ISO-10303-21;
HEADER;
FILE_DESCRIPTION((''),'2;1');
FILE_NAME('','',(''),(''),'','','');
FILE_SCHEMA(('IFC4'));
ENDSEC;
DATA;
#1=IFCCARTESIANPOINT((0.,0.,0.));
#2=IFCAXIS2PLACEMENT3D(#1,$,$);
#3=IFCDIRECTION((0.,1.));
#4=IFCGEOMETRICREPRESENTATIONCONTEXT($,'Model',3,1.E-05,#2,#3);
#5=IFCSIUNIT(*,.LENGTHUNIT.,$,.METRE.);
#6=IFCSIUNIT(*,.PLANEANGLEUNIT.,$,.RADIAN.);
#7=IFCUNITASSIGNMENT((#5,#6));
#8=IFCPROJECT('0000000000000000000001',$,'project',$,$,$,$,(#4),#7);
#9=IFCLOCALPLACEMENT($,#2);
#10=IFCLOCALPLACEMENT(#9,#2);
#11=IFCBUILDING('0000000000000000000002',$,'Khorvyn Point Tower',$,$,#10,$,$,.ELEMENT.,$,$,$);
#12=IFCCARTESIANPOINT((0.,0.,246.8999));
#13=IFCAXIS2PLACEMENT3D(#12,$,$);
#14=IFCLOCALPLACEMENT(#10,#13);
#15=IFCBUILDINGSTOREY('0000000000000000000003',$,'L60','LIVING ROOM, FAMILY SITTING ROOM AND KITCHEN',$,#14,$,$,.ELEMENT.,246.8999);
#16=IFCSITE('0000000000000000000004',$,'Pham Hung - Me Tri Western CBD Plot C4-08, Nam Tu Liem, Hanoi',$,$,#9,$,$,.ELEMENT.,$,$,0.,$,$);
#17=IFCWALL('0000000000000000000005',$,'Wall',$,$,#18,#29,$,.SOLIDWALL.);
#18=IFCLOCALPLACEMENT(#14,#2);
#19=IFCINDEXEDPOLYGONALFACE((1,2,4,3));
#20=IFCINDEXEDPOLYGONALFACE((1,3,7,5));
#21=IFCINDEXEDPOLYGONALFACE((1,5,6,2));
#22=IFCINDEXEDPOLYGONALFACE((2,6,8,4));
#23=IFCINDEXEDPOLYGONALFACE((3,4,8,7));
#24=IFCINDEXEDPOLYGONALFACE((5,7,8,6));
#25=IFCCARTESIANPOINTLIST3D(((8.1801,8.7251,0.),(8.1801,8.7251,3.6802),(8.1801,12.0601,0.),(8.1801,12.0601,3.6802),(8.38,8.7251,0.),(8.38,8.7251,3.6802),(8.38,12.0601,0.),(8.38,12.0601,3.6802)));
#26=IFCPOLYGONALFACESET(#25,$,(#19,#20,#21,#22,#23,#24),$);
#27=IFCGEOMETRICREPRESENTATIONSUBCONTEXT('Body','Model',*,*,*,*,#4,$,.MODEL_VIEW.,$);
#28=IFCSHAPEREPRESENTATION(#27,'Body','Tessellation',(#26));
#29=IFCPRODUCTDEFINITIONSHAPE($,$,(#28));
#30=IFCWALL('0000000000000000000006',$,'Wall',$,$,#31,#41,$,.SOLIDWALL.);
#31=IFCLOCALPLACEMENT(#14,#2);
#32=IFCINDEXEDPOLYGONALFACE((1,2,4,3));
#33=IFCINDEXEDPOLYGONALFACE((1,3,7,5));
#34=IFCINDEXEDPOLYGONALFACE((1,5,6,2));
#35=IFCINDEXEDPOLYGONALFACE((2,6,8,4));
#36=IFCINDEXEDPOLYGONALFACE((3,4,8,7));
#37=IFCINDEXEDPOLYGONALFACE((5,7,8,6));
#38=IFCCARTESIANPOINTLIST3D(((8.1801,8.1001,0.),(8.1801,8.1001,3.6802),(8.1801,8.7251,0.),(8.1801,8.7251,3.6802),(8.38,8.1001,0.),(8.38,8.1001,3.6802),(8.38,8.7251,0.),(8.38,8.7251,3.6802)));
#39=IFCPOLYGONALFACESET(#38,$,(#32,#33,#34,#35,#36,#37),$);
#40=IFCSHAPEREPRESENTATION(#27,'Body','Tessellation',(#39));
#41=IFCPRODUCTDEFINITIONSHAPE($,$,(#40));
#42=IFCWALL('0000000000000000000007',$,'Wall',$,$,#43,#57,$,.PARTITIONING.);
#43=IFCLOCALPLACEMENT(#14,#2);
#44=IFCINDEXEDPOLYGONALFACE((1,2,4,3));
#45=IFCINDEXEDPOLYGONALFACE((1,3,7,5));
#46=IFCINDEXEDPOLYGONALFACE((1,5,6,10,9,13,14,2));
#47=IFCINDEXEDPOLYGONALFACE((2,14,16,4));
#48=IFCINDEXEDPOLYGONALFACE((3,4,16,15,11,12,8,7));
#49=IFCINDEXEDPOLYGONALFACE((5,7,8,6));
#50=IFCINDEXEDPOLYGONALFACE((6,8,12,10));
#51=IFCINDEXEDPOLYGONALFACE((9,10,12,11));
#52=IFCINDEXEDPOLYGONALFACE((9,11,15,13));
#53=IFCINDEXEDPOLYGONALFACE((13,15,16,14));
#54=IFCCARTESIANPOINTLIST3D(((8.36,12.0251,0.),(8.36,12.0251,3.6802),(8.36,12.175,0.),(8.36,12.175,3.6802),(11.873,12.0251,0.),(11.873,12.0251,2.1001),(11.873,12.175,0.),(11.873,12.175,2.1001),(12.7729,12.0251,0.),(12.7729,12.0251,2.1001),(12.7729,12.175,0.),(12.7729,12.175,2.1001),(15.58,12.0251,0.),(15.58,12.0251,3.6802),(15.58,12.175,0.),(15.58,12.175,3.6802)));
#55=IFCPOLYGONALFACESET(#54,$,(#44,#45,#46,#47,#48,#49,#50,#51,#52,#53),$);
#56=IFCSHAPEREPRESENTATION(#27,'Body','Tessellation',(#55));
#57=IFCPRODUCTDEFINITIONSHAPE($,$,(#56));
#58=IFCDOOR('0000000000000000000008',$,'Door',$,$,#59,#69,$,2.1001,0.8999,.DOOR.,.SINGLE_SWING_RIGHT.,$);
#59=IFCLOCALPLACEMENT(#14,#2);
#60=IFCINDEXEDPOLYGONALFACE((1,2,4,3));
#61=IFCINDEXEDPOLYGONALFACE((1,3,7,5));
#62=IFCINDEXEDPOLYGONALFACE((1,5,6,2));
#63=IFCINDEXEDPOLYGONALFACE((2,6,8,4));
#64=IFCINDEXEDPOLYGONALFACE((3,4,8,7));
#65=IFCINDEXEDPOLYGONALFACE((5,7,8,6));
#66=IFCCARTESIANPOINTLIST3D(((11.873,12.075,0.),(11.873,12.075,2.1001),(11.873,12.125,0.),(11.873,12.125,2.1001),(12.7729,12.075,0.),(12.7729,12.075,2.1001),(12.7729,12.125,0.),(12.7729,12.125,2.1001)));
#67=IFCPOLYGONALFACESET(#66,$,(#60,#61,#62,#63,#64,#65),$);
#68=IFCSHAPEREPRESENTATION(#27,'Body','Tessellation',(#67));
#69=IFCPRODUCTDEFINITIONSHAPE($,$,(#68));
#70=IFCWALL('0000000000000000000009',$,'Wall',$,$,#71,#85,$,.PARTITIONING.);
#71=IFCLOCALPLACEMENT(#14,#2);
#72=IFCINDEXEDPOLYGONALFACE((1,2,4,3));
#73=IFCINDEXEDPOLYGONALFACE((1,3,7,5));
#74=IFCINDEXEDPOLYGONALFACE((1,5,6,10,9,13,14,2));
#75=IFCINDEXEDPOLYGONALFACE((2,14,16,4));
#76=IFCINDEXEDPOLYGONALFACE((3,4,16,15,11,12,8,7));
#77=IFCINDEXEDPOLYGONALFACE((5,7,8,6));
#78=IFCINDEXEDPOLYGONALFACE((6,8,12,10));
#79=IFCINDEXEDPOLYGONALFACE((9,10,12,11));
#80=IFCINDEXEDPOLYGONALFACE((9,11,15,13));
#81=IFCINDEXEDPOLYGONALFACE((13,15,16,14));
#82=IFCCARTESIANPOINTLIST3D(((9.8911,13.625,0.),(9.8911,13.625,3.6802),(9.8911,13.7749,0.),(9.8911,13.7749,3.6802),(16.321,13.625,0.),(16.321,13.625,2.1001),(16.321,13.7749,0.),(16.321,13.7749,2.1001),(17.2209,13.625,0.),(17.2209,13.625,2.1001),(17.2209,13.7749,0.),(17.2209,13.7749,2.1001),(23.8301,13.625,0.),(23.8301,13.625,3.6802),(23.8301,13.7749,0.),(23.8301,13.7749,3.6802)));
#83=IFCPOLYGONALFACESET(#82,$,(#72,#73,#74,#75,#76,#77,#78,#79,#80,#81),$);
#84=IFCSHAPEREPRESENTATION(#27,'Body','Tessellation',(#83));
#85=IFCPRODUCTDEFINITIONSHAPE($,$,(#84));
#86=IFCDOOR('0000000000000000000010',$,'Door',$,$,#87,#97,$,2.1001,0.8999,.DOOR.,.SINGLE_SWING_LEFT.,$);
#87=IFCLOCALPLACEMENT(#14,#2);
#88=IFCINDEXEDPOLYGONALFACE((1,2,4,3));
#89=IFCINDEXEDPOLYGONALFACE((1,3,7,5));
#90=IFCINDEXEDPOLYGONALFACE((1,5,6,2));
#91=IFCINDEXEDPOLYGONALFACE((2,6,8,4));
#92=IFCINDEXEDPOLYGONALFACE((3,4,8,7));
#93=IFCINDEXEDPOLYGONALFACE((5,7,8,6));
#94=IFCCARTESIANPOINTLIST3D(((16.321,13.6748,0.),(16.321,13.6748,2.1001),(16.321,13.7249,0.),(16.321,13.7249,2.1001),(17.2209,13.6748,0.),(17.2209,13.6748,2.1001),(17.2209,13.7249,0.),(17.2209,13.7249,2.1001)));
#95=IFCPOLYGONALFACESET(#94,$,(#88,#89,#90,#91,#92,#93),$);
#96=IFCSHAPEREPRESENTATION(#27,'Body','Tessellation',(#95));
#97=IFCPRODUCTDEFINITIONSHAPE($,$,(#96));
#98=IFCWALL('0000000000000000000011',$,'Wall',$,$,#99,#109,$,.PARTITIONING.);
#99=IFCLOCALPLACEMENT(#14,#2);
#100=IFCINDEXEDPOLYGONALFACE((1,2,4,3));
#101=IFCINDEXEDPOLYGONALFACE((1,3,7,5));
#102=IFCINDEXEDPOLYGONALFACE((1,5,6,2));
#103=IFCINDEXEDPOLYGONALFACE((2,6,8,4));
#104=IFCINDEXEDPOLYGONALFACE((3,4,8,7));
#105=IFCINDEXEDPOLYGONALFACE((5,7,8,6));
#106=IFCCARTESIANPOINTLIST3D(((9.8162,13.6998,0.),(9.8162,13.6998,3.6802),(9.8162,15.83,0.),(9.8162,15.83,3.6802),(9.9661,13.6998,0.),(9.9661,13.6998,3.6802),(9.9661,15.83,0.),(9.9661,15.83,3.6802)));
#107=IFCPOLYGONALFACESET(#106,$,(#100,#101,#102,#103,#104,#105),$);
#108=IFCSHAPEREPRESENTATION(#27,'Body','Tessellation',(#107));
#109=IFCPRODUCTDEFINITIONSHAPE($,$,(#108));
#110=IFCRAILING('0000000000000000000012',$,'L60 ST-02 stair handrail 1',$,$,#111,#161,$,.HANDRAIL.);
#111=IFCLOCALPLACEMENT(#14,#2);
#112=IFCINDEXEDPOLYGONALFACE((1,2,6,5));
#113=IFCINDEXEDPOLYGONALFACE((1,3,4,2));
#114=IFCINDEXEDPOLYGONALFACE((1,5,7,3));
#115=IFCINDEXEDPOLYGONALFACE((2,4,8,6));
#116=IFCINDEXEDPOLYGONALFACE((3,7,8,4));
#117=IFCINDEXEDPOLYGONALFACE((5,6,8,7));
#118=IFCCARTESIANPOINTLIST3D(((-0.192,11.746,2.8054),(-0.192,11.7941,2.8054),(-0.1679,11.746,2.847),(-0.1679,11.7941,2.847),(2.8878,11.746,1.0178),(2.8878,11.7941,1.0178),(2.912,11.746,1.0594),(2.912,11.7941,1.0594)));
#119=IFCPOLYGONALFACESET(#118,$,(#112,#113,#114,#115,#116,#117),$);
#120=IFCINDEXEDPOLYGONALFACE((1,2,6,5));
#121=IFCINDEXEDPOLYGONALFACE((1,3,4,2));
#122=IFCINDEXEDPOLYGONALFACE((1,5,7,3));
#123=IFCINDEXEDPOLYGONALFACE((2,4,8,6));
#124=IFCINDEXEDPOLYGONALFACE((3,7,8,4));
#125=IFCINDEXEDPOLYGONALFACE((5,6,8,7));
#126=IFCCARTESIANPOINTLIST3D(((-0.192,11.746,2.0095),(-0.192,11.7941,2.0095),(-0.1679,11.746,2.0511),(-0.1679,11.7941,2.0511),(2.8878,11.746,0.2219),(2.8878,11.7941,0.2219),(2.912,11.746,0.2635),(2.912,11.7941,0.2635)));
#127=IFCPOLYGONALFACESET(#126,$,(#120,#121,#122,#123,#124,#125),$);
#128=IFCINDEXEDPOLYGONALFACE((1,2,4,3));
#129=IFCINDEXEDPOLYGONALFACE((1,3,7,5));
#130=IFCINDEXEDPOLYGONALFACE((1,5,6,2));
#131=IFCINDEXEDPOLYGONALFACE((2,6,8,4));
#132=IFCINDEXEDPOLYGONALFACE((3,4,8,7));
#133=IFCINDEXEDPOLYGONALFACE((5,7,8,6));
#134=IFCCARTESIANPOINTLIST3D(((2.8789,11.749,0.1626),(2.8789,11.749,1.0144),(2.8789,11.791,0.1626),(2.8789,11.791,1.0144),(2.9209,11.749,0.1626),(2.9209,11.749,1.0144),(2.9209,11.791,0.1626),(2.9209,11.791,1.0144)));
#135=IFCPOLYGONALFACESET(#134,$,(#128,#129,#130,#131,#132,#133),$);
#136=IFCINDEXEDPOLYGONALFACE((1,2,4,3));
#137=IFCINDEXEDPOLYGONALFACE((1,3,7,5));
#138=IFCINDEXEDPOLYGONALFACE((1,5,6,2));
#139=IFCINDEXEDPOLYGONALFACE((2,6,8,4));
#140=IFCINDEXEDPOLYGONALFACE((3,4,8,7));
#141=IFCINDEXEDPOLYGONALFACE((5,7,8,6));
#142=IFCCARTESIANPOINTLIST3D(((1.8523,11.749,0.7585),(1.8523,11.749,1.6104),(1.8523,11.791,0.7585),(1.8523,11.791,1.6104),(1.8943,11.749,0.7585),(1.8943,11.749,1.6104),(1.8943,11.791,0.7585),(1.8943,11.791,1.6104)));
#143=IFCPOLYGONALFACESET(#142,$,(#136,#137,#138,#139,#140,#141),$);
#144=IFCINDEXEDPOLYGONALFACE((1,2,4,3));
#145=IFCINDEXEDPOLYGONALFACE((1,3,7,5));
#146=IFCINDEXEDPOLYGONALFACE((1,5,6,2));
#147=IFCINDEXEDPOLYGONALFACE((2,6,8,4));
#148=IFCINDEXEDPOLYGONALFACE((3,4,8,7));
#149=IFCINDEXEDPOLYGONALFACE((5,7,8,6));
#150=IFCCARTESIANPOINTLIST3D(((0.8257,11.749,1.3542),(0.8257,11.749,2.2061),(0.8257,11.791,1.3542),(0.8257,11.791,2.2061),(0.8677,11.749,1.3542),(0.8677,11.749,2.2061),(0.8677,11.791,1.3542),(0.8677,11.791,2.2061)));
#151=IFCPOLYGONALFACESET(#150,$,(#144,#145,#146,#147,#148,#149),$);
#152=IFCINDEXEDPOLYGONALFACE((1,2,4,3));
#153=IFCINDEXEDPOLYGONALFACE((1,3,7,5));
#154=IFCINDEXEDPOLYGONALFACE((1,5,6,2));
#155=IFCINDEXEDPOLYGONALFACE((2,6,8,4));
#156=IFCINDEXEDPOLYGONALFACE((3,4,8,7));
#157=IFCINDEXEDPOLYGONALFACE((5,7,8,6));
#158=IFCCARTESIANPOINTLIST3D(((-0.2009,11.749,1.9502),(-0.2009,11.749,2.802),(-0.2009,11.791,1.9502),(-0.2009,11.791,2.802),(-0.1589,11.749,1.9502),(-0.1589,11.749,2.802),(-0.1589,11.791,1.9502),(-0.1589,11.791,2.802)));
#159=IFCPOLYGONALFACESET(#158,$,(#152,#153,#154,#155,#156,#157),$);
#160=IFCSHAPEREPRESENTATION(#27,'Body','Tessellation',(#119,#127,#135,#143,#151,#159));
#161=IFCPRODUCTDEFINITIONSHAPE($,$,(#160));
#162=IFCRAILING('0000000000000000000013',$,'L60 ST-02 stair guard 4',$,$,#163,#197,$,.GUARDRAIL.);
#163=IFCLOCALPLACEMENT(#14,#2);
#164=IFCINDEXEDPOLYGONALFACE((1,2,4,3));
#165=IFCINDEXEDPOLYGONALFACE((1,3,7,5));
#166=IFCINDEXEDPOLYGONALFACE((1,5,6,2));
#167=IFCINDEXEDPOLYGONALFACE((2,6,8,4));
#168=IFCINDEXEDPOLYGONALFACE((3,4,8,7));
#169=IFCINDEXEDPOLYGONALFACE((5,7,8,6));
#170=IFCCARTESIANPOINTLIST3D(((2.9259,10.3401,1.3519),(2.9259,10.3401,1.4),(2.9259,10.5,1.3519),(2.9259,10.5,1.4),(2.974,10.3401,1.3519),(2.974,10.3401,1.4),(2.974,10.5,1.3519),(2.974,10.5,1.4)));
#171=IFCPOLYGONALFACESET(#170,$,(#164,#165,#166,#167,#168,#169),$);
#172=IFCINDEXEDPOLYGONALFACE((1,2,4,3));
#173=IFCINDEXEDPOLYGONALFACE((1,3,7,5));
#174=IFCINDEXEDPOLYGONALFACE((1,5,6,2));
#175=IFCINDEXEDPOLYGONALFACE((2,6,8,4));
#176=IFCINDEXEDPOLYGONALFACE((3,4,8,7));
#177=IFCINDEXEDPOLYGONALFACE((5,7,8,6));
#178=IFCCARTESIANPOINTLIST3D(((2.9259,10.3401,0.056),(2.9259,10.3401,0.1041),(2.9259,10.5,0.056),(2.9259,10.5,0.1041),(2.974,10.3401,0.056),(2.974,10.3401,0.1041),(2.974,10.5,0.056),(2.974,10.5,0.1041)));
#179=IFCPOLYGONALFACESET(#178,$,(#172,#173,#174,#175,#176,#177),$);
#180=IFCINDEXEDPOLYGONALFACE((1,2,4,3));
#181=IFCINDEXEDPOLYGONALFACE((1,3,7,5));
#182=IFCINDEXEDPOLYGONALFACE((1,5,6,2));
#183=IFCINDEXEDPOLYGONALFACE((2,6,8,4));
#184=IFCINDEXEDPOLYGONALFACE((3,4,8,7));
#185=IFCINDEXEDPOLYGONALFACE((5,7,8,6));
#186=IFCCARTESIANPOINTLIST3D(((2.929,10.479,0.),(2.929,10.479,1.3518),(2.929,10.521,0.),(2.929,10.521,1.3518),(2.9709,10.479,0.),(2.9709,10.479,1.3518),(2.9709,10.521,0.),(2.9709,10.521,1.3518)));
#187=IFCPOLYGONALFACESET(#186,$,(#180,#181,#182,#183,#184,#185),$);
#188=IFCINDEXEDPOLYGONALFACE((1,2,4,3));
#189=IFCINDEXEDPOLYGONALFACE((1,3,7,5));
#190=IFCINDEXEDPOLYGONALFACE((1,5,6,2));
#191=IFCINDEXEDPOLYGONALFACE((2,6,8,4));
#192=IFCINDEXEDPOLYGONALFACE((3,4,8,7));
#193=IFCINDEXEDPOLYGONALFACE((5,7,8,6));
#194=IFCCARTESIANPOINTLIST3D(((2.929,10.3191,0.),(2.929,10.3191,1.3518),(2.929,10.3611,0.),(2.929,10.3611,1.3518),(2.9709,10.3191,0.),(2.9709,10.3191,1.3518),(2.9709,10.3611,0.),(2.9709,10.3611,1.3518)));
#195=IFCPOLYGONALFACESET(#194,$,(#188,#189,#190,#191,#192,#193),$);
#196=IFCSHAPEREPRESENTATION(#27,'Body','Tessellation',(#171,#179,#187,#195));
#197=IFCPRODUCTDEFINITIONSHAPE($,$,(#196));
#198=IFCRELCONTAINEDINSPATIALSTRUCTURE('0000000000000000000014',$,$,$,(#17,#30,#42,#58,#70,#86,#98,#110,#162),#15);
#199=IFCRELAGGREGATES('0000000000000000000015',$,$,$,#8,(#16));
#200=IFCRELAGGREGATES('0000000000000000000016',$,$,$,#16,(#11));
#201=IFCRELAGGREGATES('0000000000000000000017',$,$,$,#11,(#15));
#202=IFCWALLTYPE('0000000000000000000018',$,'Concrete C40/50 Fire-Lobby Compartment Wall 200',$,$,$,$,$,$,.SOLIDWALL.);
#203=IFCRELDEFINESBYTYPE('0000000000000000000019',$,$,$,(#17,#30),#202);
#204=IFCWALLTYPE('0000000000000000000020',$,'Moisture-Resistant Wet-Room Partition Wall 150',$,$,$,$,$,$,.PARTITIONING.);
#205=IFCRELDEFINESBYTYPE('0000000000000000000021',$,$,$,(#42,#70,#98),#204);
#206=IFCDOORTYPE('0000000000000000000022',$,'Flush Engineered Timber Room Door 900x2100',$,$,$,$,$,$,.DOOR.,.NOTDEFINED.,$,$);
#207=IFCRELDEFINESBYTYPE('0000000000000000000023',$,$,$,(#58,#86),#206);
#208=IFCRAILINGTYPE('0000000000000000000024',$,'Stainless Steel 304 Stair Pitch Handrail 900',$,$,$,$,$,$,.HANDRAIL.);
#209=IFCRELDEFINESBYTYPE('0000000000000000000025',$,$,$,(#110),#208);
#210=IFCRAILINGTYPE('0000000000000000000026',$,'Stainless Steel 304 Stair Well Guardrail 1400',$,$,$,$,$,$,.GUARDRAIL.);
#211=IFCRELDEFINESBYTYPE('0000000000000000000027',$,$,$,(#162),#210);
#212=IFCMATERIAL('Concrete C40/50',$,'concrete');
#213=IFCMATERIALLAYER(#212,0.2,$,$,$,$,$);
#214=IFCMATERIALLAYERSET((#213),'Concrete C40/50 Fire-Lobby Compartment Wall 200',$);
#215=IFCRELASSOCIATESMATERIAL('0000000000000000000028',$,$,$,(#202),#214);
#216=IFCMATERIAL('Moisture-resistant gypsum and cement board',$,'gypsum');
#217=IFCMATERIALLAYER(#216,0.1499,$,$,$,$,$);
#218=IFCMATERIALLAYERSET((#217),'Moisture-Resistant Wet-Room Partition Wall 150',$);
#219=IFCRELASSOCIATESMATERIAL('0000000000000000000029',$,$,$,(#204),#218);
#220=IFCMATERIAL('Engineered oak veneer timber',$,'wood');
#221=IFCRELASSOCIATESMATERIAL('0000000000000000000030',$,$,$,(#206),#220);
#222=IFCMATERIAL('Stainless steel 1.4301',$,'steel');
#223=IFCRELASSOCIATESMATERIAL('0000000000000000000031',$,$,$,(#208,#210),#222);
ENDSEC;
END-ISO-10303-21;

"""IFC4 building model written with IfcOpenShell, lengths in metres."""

from ifc_helpers import new_model, si_unit, direction, frame, frame_2d, origin, origin_2d, place, context, subcontext, project, spatial, rectangle, extrude, material, layer, layer_set, type_object, element, fill, save


model = new_model("IFC4")

# Units and contexts
model_context = context("Model", 3, precision=1e-05, world=origin(), true_north=direction((0.0, 1.0)))
body_context = subcontext(model_context, "Body", "Model", "MODEL_VIEW")
ifc_project = project(units=[si_unit("LENGTHUNIT", "METRE"), si_unit("PLANEANGLEUNIT", "RADIAN")], contexts=[model_context])

# Site, building, storey
site_placement = place(None, origin())
site = spatial("IfcSite", under=ifc_project, at=site_placement, Name="Pham Hung - Me Tri Western CBD Plot C4-08, Nam Tu Liem, Hanoi", CompositionType="ELEMENT", RefElevation=0.0)
building_placement = place(site_placement, origin())
building = spatial("IfcBuilding", under=site, at=building_placement, Name="Khorvyn Point Tower", CompositionType="ELEMENT")
storey_placement = place(building_placement, frame((0.0, 0.0, 246.8999)))
storey = spatial("IfcBuildingStorey", under=building, at=storey_placement, Name="L60", Description="LIVING ROOM, FAMILY SITTING ROOM AND KITCHEN", CompositionType="ELEMENT", Elevation=246.8999)

# Shared definitions
ifc_material_1 = material(Name="Concrete C40/50", Category="concrete")

# Shared definitions
ifc_layer_1 = layer(ifc_material_1, 0.2)
ifc_layer_set_1 = layer_set([ifc_layer_1], Name="Concrete C40/50 Fire-Lobby Compartment Wall 200")
wall_type_1 = type_object("IfcWallType", Name="Concrete C40/50 Fire-Lobby Compartment Wall 200", PredefinedType="SOLIDWALL", material=ifc_layer_set_1)

# Walls
wall_1_placement = place(storey_placement, frame((8.28, 8.7251, 0.0), z_axis=(0.0, 0.0, 1.0), x_axis=(0.0, 1.0, 0.0)))
element("IfcWall", 1, at=wall_1_placement, inside=storey, type_object=wall_type_1, Name="Wall", PredefinedType="SOLIDWALL", context=body_context, shape_type="SweptSolid", body=[
    extrude(rectangle(XDim=3.335, YDim=0.2, at=frame_2d((1.6675, 0.0))), origin(), (0.0, 0.0, 1.0), 3.6802),
])
wall_2_placement = place(storey_placement, frame((8.28, 8.1001, 0.0), z_axis=(0.0, 0.0, 1.0), x_axis=(0.0, 1.0, 0.0)))
element("IfcWall", 2, at=wall_2_placement, inside=storey, type_object=wall_type_1, Name="Wall", PredefinedType="SOLIDWALL", context=body_context, shape_type="SweptSolid", body=[
    extrude(rectangle(XDim=0.625, YDim=0.2, at=frame_2d((0.3125, 0.0))), origin(), (0.0, 0.0, 1.0), 3.6802),
])

# Walls, openings, doors
ifc_material_2 = material(Name="Moisture-resistant gypsum and cement board", Category="gypsum")
ifc_layer_2 = layer(ifc_material_2, 0.1499)
ifc_layer_set_2 = layer_set([ifc_layer_2], Name="Moisture-Resistant Wet-Room Partition Wall 150")
wall_type_2 = type_object("IfcWallType", Name="Moisture-Resistant Wet-Room Partition Wall 150", PredefinedType="PARTITIONING", material=ifc_layer_set_2)
wall_3_placement = place(storey_placement, frame((8.3601, 12.1001, 0.0), z_axis=(0.0, 0.0, 1.0), x_axis=(1.0, 0.0, 0.0)))
wall_3 = element("IfcWall", 3, at=wall_3_placement, inside=storey, type_object=wall_type_2, Name="Wall", PredefinedType="PARTITIONING", context=body_context, shape_type="SweptSolid", body=[
    extrude(rectangle(XDim=7.22, YDim=0.1499, at=frame_2d((3.6099, 0.0))), origin(), (0.0, 0.0, 1.0), 3.6802),
])
opening_1_placement = place(wall_3_placement, frame((3.5129, 0.0, 0.0)))
opening_1 = element("IfcOpeningElement", 4, at=opening_1_placement, cuts=wall_3, PredefinedType="OPENING", context=body_context, shape_type="SweptSolid", body=[
    extrude(rectangle(XDim=0.8999, YDim=2.1001, at=frame_2d((0.45, 1.05))), frame((0.0, 0.085, 0.0), z_axis=(0.0, -1.0, 0.0), x_axis=(1.0, 0.0, 0.0)), (0.0, 0.0, 1.0), 0.1699),
])
ifc_material_3 = material(Name="Engineered oak veneer timber", Category="wood")
door_type_1 = type_object("IfcDoorType", Name="Flush Engineered Timber Room Door 900x2100", OperationType="NOTDEFINED", PredefinedType="DOOR", material=ifc_material_3)
door_1_placement = place(opening_1_placement, origin())
door_1 = element("IfcDoor", 5, at=door_1_placement, inside=storey, type_object=door_type_1, Name="Door", OperationType="SINGLE_SWING_RIGHT", OverallHeight=2.1001, OverallWidth=0.8999, PredefinedType="DOOR", context=body_context, shape_type="SweptSolid", body=[
    extrude(rectangle(XDim=0.8999, YDim=2.1001, at=frame_2d((0.45, 1.05))), frame((0.0, 0.0249, 0.0), z_axis=(0.0, -1.0, 0.0), x_axis=(1.0, 0.0, 0.0)), (0.0, 0.0, 1.0), 0.05),
])
fill(opening_1, door_1)
wall_4_placement = place(storey_placement, frame((9.8911, 13.7, 0.0), z_axis=(0.0, 0.0, 1.0), x_axis=(1.0, 0.0, 0.0)))
wall_4 = element("IfcWall", 6, at=wall_4_placement, inside=storey, type_object=wall_type_2, Name="Wall", PredefinedType="PARTITIONING", context=body_context, shape_type="SweptSolid", body=[
    extrude(rectangle(XDim=13.939, YDim=0.1499, at=frame_2d((6.9695, 0.0))), origin(), (0.0, 0.0, 1.0), 3.6802),
])
opening_2_placement = place(wall_4_placement, frame((6.4299, 0.0, 0.0)))
opening_2 = element("IfcOpeningElement", 7, at=opening_2_placement, cuts=wall_4, PredefinedType="OPENING", context=body_context, shape_type="SweptSolid", body=[
    extrude(rectangle(XDim=0.8999, YDim=2.1001, at=frame_2d((0.45, 1.05))), frame((0.0, 0.085, 0.0), z_axis=(0.0, -1.0, 0.0), x_axis=(1.0, 0.0, 0.0)), (0.0, 0.0, 1.0), 0.1699),
])
door_2_placement = place(opening_2_placement, origin())
door_2 = element("IfcDoor", 8, at=door_2_placement, inside=storey, type_object=door_type_1, Name="Door", OperationType="SINGLE_SWING_LEFT", OverallHeight=2.1001, OverallWidth=0.8999, PredefinedType="DOOR", context=body_context, shape_type="SweptSolid", body=[
    extrude(rectangle(XDim=0.8999, YDim=2.1001, at=frame_2d((0.45, 1.05))), frame((0.0, 0.0249, 0.0), z_axis=(0.0, -1.0, 0.0), x_axis=(1.0, 0.0, 0.0)), (0.0, 0.0, 1.0), 0.05),
])
fill(opening_2, door_2)

# Wall
wall_5_placement = place(storey_placement, frame((9.8911, 13.7, 0.0), z_axis=(0.0, 0.0, 1.0), x_axis=(0.0, 1.0, 0.0)))
element("IfcWall", 9, at=wall_5_placement, inside=storey, type_object=wall_type_2, Name="Wall", PredefinedType="PARTITIONING", context=body_context, shape_type="SweptSolid", body=[
    extrude(rectangle(XDim=2.1301, YDim=0.1499, at=frame_2d((1.0649, 0.0))), origin(), (0.0, 0.0, 1.0), 3.6802),
])

# Railings
ifc_material_4 = material(Name="Stainless steel 1.4301", Category="steel")
railing_type_1 = type_object("IfcRailingType", Name="Stainless Steel 304 Stair Pitch Handrail 900", PredefinedType="HANDRAIL", material=ifc_material_4)
railing_1_placement = place(storey_placement, frame((2.8999, 11.77, 0.1626)))
element("IfcRailing", 10, at=railing_1_placement, inside=storey, type_object=railing_type_1, Name="L60 ST-02 stair handrail 1", PredefinedType="HANDRAIL", context=body_context, shape_type="SweptSolid", body=[
    extrude(rectangle(XDim=0.0481, YDim=0.0481, at=origin_2d()), frame((0.0, 0.0, 0.876), z_axis=(-0.864873, 0.0, 0.50199), x_axis=(0.0, -1.0, 0.0)), (0.0, 0.0, 1.0), 3.561),
    extrude(rectangle(XDim=0.0481, YDim=0.0481, at=origin_2d()), frame((0.0, 0.0, 0.0801), z_axis=(-0.864873, 0.0, 0.50199), x_axis=(0.0, -1.0, 0.0)), (0.0, 0.0, 1.0), 3.561),
    extrude(rectangle(XDim=0.042, YDim=0.042, at=origin_2d()), origin(), (0.0, 0.0, 1.0), 0.8518),
    extrude(rectangle(XDim=0.042, YDim=0.042, at=origin_2d()), frame((-1.0266, 0.0, 0.5959)), (0.0, 0.0, 1.0), 0.8518),
    extrude(rectangle(XDim=0.042, YDim=0.042, at=origin_2d()), frame((-2.0532, 0.0, 1.1917)), (0.0, 0.0, 1.0), 0.8518),
    extrude(rectangle(XDim=0.042, YDim=0.042, at=origin_2d()), frame((-3.0798, 0.0, 1.7876)), (0.0, 0.0, 1.0), 0.8518),
])
railing_type_2 = type_object("IfcRailingType", Name="Stainless Steel 304 Stair Well Guardrail 1400", PredefinedType="GUARDRAIL", material=ifc_material_4)
railing_2_placement = place(storey_placement, frame((2.95, 10.5, 0.0)))
element("IfcRailing", 11, at=railing_2_placement, inside=storey, type_object=railing_type_2, Name="L60 ST-02 stair guard 4", PredefinedType="GUARDRAIL", context=body_context, shape_type="SweptSolid", body=[
    extrude(rectangle(XDim=0.0481, YDim=0.0481, at=origin_2d()), frame((0.0, 0.0, 1.376), z_axis=(0.0, -1.0, 0.0), x_axis=(1.0, 0.0, 0.0)), (0.0, 0.0, 1.0), 0.1599),
    extrude(rectangle(XDim=0.0481, YDim=0.0481, at=origin_2d()), frame((0.0, 0.0, 0.0801), z_axis=(0.0, -1.0, 0.0), x_axis=(1.0, 0.0, 0.0)), (0.0, 0.0, 1.0), 0.1599),
    extrude(rectangle(XDim=0.042, YDim=0.042, at=origin_2d()), origin(), (0.0, 0.0, 1.0), 1.3518),
    extrude(rectangle(XDim=0.042, YDim=0.042, at=origin_2d()), frame((0.0, -0.1599, 0.0)), (0.0, 0.0, 1.0), 1.3518),
])

save(model, "model.ifc")
